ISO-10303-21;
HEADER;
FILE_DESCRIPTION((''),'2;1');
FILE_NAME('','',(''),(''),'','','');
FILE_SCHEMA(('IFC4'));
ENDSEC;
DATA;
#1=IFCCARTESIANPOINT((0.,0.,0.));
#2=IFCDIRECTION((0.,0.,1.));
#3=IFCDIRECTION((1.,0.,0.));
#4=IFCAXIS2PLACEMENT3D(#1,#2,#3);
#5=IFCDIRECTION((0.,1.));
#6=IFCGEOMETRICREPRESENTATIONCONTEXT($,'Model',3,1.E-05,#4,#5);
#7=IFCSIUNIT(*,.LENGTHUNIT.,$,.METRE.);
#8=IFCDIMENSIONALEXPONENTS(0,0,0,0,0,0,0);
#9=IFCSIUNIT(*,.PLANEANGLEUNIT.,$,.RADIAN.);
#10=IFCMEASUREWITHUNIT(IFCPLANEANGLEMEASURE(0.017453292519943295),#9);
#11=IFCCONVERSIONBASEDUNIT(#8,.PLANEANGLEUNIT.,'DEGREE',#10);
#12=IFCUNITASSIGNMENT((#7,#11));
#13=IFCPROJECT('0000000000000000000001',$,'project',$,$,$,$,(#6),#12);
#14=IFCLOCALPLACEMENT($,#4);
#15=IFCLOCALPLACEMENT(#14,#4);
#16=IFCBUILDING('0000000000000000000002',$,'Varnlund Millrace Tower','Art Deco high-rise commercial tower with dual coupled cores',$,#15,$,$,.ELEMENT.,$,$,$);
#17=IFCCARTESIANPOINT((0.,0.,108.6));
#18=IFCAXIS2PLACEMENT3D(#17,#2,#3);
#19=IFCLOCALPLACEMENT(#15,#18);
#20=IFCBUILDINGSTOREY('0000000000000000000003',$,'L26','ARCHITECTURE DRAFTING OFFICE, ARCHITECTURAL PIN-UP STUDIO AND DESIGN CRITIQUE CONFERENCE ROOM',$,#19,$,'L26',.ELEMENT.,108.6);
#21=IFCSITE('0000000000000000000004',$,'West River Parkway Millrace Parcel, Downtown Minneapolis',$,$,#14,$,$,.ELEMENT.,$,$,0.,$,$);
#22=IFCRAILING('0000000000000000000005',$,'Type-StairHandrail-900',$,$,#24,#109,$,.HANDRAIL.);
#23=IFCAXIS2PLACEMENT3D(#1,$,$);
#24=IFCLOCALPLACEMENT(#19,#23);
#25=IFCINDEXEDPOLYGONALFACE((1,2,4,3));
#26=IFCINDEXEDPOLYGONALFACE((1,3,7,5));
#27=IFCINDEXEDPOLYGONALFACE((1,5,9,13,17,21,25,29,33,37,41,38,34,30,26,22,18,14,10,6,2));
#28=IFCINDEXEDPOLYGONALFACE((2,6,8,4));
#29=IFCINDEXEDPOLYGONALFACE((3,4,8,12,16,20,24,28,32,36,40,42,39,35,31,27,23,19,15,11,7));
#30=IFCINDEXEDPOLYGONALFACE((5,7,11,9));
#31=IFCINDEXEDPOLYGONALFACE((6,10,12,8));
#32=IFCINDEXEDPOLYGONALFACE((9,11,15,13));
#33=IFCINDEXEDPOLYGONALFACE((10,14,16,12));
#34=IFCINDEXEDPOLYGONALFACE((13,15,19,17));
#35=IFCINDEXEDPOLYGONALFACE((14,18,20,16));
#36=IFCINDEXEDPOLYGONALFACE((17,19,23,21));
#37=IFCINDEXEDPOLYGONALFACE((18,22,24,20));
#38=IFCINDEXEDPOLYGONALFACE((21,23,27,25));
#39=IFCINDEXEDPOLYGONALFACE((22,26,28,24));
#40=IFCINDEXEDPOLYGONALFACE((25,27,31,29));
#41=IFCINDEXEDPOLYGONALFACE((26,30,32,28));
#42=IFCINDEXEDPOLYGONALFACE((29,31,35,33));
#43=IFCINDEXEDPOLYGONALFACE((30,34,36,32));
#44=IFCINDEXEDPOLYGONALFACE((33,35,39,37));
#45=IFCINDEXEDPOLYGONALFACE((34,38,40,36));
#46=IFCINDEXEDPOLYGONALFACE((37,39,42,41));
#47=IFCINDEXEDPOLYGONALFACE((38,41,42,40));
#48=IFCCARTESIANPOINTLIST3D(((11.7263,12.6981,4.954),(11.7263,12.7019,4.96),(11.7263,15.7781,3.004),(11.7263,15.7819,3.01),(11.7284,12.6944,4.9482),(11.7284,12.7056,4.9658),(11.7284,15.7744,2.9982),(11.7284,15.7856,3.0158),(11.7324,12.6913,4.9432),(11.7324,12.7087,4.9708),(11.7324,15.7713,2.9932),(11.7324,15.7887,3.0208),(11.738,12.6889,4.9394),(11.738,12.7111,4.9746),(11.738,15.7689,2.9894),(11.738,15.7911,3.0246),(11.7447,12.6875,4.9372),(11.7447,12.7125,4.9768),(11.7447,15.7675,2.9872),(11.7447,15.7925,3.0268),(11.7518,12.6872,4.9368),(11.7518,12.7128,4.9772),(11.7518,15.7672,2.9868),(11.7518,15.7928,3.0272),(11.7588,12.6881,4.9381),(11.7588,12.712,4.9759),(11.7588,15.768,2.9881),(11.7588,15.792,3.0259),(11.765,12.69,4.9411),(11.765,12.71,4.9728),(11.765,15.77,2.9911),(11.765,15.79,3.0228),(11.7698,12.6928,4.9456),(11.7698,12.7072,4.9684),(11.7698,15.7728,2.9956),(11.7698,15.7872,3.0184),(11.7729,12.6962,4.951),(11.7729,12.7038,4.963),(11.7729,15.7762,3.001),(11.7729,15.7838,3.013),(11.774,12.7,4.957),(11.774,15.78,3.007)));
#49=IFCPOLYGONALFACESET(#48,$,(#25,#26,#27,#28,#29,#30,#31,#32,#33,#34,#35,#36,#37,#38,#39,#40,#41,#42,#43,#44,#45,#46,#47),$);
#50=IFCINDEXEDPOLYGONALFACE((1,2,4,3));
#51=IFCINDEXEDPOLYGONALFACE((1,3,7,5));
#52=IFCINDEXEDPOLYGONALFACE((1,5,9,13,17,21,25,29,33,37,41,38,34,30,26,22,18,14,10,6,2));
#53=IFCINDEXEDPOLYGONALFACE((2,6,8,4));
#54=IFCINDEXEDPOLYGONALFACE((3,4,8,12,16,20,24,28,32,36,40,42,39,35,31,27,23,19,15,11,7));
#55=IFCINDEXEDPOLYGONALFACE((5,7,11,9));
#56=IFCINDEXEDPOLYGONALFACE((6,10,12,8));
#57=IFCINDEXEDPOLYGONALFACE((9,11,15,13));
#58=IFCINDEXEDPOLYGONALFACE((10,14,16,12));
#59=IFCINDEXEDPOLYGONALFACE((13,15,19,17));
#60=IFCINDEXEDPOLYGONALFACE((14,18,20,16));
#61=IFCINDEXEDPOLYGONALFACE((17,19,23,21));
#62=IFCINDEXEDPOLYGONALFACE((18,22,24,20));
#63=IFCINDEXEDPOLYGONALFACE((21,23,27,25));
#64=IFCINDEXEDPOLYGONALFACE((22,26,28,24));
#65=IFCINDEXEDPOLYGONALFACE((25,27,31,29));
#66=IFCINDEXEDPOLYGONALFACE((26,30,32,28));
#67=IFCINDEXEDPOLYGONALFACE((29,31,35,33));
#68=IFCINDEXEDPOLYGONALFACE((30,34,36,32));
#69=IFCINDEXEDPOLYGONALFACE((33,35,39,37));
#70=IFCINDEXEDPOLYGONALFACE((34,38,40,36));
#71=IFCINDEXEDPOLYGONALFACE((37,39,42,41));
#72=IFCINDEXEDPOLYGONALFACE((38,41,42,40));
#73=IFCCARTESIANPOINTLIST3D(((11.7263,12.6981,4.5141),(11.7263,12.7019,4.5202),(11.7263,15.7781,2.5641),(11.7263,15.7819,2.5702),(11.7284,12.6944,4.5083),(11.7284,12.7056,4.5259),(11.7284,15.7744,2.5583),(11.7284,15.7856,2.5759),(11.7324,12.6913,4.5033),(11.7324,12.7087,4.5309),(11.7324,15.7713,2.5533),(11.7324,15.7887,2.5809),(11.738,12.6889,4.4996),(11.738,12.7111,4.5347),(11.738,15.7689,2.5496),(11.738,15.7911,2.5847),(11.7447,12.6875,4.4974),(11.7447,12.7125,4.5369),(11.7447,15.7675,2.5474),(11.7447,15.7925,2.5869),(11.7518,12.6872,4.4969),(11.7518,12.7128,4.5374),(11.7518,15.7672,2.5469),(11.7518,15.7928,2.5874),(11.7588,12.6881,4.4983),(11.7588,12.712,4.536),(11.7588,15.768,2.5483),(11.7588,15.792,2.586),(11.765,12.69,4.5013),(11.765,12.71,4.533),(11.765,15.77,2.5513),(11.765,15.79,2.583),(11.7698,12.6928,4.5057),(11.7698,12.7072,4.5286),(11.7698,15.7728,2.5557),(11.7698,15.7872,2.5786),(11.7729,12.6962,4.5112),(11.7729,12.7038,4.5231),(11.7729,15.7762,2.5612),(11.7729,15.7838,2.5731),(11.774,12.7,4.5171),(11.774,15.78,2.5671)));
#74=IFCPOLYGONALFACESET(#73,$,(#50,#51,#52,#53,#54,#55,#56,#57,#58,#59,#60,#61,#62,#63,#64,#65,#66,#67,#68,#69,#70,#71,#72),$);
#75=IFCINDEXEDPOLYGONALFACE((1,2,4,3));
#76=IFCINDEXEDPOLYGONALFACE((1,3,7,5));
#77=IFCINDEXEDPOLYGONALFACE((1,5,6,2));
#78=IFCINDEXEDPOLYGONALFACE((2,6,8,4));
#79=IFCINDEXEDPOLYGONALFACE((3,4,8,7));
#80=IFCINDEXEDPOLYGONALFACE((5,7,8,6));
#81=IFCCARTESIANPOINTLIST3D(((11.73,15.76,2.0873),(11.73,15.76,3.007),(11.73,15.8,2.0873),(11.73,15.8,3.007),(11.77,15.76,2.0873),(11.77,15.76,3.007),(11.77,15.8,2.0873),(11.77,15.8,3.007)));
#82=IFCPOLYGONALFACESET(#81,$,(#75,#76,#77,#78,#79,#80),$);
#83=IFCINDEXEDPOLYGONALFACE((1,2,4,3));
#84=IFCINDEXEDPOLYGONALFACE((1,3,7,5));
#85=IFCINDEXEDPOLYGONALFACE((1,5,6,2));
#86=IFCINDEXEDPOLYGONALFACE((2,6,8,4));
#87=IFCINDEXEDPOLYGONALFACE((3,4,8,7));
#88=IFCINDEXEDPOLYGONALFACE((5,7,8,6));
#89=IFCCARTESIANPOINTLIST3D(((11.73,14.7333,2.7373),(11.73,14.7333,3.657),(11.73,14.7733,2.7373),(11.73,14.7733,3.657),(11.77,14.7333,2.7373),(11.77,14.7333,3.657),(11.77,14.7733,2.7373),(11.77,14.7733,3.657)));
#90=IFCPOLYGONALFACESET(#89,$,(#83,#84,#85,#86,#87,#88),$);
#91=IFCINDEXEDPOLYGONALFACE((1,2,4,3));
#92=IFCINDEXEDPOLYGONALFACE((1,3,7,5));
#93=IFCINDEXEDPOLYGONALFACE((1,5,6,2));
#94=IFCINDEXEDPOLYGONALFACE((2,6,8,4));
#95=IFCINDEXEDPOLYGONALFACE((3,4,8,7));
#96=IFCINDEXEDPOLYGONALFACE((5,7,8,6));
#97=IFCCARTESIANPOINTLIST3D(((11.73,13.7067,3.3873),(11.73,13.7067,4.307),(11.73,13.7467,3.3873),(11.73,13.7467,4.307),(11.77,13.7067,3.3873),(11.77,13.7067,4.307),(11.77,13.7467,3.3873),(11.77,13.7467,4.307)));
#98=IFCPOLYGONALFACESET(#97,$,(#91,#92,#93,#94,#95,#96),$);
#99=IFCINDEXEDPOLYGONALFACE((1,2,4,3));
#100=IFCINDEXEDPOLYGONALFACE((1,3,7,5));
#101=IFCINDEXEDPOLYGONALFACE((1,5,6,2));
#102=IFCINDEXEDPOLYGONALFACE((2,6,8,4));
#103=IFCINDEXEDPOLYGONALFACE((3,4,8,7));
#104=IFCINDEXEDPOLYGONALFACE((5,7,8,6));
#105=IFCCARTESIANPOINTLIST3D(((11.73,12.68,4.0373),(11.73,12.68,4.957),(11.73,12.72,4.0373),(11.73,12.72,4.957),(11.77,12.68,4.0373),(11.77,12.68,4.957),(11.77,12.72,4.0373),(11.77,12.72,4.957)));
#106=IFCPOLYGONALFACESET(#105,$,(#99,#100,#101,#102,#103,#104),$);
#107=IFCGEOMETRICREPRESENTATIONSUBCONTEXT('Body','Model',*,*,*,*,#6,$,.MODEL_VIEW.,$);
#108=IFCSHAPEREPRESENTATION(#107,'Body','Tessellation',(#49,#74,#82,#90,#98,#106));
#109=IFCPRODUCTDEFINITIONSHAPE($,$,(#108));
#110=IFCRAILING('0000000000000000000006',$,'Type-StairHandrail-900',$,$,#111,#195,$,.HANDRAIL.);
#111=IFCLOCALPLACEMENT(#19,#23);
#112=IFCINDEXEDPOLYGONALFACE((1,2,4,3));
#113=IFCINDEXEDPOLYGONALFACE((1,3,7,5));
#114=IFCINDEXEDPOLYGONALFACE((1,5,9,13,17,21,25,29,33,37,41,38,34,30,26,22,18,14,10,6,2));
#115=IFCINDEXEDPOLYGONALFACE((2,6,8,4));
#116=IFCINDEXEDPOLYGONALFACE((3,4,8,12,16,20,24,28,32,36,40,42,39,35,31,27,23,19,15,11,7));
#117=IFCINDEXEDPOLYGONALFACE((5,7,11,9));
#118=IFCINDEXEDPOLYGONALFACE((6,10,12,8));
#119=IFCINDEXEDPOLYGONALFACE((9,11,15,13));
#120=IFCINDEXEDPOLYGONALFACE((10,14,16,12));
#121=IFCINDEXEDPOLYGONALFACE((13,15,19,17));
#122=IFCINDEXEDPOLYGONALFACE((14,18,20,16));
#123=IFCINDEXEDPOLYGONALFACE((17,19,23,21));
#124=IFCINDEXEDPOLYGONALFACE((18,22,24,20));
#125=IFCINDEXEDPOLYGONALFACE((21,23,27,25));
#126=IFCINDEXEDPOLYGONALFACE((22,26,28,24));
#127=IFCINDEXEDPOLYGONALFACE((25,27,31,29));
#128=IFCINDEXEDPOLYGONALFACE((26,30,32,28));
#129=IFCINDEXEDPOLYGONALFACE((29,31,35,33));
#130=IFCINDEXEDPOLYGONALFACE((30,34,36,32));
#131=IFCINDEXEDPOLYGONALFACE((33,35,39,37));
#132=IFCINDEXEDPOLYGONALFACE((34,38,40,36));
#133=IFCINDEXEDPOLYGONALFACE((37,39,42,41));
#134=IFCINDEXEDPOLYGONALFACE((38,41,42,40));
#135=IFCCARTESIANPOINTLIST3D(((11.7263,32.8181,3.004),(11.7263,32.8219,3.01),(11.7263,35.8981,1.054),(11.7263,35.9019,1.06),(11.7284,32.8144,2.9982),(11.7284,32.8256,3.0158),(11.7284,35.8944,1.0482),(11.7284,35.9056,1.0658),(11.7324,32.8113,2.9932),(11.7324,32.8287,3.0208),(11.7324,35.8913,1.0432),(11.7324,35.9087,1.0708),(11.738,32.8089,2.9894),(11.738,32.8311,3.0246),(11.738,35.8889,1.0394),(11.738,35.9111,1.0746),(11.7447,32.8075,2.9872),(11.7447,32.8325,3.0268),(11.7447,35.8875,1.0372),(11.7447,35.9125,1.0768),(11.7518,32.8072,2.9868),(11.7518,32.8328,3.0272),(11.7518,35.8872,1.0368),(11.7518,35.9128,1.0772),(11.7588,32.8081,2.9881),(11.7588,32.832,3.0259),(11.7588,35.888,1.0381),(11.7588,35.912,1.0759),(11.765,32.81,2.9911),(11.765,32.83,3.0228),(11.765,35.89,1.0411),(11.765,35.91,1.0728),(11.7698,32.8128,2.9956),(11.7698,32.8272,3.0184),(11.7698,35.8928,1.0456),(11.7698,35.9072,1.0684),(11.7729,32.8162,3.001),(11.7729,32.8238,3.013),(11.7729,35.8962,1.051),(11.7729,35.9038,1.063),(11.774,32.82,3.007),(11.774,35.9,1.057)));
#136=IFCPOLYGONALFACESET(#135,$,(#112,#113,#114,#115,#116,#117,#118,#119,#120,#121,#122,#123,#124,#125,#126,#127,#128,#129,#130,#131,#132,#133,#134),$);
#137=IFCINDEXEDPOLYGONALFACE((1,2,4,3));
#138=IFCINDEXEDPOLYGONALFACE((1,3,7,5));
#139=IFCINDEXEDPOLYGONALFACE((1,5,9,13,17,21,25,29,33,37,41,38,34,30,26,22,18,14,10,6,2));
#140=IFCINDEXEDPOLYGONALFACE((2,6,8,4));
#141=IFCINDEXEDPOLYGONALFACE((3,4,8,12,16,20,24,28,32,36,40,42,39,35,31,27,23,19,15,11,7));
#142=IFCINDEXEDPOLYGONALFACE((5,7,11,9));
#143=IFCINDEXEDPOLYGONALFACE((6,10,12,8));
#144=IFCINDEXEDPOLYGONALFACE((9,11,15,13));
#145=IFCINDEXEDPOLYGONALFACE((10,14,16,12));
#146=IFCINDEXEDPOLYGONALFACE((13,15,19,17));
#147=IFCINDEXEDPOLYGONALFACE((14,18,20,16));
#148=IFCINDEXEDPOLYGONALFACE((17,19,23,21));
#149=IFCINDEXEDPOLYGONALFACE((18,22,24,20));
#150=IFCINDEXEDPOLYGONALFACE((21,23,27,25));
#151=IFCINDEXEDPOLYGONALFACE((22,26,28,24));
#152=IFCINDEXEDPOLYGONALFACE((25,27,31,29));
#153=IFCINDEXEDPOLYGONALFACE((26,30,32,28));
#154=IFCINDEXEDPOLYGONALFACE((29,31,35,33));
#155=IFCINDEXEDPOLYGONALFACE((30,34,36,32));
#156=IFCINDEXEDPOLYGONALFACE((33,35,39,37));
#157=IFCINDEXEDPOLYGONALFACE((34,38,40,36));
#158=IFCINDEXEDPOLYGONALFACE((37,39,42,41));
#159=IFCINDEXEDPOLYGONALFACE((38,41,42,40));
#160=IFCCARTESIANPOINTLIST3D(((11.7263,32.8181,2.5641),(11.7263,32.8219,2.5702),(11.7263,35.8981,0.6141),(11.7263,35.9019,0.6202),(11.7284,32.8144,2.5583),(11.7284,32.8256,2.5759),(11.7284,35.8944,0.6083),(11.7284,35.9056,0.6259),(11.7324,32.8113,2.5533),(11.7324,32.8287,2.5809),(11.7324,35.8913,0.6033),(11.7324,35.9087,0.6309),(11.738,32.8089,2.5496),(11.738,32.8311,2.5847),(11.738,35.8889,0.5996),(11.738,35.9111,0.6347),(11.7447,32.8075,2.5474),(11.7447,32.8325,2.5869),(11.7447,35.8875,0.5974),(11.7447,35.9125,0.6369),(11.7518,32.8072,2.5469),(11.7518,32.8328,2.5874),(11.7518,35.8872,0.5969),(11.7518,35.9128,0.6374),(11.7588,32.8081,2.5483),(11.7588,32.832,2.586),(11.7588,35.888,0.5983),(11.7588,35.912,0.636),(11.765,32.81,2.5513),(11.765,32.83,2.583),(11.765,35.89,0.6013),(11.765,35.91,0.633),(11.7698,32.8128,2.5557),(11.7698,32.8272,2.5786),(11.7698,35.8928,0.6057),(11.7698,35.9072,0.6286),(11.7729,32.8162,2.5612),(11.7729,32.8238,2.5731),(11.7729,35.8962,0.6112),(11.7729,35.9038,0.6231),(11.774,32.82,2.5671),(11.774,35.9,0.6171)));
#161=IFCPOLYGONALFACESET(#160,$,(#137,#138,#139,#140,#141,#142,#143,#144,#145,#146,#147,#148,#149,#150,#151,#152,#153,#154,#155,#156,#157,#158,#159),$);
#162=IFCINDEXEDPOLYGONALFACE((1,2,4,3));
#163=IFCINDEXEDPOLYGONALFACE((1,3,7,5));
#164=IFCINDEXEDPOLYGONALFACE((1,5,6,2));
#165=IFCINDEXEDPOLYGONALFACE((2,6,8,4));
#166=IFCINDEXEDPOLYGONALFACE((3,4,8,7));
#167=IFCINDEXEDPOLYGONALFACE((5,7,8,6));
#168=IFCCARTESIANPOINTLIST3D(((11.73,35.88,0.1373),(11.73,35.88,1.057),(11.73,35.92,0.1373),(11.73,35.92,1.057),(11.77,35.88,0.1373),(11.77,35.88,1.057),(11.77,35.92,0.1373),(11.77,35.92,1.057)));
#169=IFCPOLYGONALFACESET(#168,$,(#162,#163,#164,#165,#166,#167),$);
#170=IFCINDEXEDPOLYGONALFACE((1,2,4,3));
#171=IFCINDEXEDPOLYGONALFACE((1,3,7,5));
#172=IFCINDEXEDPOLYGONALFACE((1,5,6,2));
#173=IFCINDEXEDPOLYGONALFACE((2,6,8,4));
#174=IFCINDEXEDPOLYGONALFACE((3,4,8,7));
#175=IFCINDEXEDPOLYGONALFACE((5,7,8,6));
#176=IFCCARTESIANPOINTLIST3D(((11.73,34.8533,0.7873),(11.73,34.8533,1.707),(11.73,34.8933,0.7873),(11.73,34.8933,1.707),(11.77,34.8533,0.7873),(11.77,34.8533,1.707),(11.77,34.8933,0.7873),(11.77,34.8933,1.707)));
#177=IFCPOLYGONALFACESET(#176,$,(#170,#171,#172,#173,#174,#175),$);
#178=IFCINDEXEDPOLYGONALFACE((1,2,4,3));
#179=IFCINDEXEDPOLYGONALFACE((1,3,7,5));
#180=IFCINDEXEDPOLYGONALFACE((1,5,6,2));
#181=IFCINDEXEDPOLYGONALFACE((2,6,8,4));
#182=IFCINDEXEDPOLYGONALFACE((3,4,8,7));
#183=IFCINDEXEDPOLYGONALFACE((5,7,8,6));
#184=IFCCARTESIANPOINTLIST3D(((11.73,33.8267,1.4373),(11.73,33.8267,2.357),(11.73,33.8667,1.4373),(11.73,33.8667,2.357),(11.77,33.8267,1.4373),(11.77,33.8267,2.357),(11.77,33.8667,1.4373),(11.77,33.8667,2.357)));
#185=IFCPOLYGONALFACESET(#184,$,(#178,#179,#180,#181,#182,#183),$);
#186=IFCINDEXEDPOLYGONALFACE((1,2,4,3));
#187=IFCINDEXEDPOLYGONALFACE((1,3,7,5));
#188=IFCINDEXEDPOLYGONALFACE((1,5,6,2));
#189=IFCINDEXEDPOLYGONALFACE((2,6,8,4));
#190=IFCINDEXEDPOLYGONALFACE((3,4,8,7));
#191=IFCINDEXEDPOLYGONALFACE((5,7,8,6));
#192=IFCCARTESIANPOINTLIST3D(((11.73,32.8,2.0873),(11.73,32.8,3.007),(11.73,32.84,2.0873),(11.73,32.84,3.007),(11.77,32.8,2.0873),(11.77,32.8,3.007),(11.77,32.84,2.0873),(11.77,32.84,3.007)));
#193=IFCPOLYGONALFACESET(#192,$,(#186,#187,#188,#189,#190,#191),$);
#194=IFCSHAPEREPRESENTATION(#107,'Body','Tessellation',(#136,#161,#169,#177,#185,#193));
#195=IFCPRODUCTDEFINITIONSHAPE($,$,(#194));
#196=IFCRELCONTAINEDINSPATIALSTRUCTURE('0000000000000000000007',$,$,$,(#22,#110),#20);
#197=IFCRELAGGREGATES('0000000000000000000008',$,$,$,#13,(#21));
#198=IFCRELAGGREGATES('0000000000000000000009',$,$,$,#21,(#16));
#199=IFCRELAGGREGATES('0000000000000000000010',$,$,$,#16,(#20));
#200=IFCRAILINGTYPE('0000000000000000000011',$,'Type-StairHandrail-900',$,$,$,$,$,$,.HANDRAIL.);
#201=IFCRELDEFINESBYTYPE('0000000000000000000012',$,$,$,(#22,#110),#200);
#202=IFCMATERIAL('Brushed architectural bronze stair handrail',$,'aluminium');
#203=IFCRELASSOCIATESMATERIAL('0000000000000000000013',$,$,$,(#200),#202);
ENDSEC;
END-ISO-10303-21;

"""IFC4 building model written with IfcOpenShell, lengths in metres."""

from ifc_helpers import new_model, entity, si_unit, converted_unit, direction, frame, origin_with_axes, origin_2d_with_axis, place, context, subcontext, project, spatial, rectangle, circle, extrude, material, type_object, element, save


model = new_model("IFC4")

# Units and contexts
model_context = context("Model", 3, precision=1e-05, world=origin_with_axes(), true_north=direction((0.0, 1.0)))
body_context = subcontext(model_context, "Body", "Model", "MODEL_VIEW")
ifc_project = project(units=[si_unit("LENGTHUNIT", "METRE"), converted_unit("PLANEANGLEUNIT", "DEGREE", entity("IfcPlaneAngleMeasure", 0.017453292519943295), si_unit("PLANEANGLEUNIT", "RADIAN"), dimensions=[0, 0, 0, 0, 0, 0, 0])], contexts=[model_context])

# Site, building, storey
site_placement = place(None, origin_with_axes())
site = spatial("IfcSite", under=ifc_project, at=site_placement, Name="West River Parkway Millrace Parcel, Downtown Minneapolis", CompositionType="ELEMENT", RefElevation=0.0)
building_placement = place(site_placement, origin_with_axes())
building = spatial("IfcBuilding", under=site, at=building_placement, Name="Varnlund Millrace Tower", Description="Art Deco high-rise commercial tower with dual coupled cores", CompositionType="ELEMENT")
storey_placement = place(building_placement, frame((0.0, 0.0, 108.6), z_axis=(0.0, 0.0, 1.0), x_axis=(1.0, 0.0, 0.0)))
storey = spatial("IfcBuildingStorey", under=building, at=storey_placement, Name="L26", Description="ARCHITECTURE DRAFTING OFFICE, ARCHITECTURAL PIN-UP STUDIO AND DESIGN CRITIQUE CONFERENCE ROOM", LongName="L26", CompositionType="ELEMENT", Elevation=108.6)

# Railings
ifc_material_1 = material(Name="Brushed architectural bronze stair handrail", Category="aluminium")
railing_type_1 = type_object("IfcRailingType", Name="Type-StairHandrail-900", PredefinedType="HANDRAIL", material=ifc_material_1)
railing_1_placement = place(storey_placement, frame((0.0, 0.0, -108.6), z_axis=(0.0, 0.0, 1.0), x_axis=(1.0, 0.0, 0.0)))
element("IfcRailing", 1, at=railing_1_placement, inside=storey, type_object=railing_type_1, Name="Type-StairHandrail-900", PredefinedType="HANDRAIL", context=body_context, shape_type="SweptSolid", body=[
    extrude(circle(Radius=0.024, at=origin_2d_with_axis()), frame((11.75, 15.78, 111.607), z_axis=(0.0, -0.844902, 0.534922), x_axis=(1.0, 0.0, 0.0)), (0.0, 0.0, 1.0), 3.6454),
    extrude(circle(Radius=0.024, at=origin_2d_with_axis()), frame((11.75, 15.78, 111.1671), z_axis=(0.0, -0.844902, 0.534922), x_axis=(1.0, 0.0, 0.0)), (0.0, 0.0, 1.0), 3.6454),
    extrude(rectangle(XDim=0.04, YDim=0.04, at=origin_2d_with_axis()), frame((11.75, 15.78, 110.6873), z_axis=(0.0, 0.0, 1.0), x_axis=(1.0, 0.0, 0.0)), (0.0, 0.0, 1.0), 0.9197),
    extrude(rectangle(XDim=0.04, YDim=0.04, at=origin_2d_with_axis()), frame((11.75, 14.7533, 111.3373), z_axis=(0.0, 0.0, 1.0), x_axis=(1.0, 0.0, 0.0)), (0.0, 0.0, 1.0), 0.9197),
    extrude(rectangle(XDim=0.04, YDim=0.04, at=origin_2d_with_axis()), frame((11.75, 13.7267, 111.9873), z_axis=(0.0, 0.0, 1.0), x_axis=(1.0, 0.0, 0.0)), (0.0, 0.0, 1.0), 0.9197),
    extrude(rectangle(XDim=0.04, YDim=0.04, at=origin_2d_with_axis()), frame((11.75, 12.7, 112.6373), z_axis=(0.0, 0.0, 1.0), x_axis=(1.0, 0.0, 0.0)), (0.0, 0.0, 1.0), 0.9197),
])
railing_2_placement = place(storey_placement, frame((0.0, 0.0, -108.6), z_axis=(0.0, 0.0, 1.0), x_axis=(1.0, 0.0, 0.0)))
element("IfcRailing", 2, at=railing_2_placement, inside=storey, type_object=railing_type_1, Name="Type-StairHandrail-900", PredefinedType="HANDRAIL", context=body_context, shape_type="SweptSolid", body=[
    extrude(circle(Radius=0.024, at=origin_2d_with_axis()), frame((11.75, 35.9, 109.657), z_axis=(0.0, -0.844902, 0.534922), x_axis=(1.0, 0.0, 0.0)), (0.0, 0.0, 1.0), 3.6454),
    extrude(circle(Radius=0.024, at=origin_2d_with_axis()), frame((11.75, 35.9, 109.2171), z_axis=(0.0, -0.844902, 0.534922), x_axis=(1.0, 0.0, 0.0)), (0.0, 0.0, 1.0), 3.6454),
    extrude(rectangle(XDim=0.04, YDim=0.04, at=origin_2d_with_axis()), frame((11.75, 35.9, 108.7373), z_axis=(0.0, 0.0, 1.0), x_axis=(1.0, 0.0, 0.0)), (0.0, 0.0, 1.0), 0.9197),
    extrude(rectangle(XDim=0.04, YDim=0.04, at=origin_2d_with_axis()), frame((11.75, 34.8733, 109.3873), z_axis=(0.0, 0.0, 1.0), x_axis=(1.0, 0.0, 0.0)), (0.0, 0.0, 1.0), 0.9197),
    extrude(rectangle(XDim=0.04, YDim=0.04, at=origin_2d_with_axis()), frame((11.75, 33.8467, 110.0373), z_axis=(0.0, 0.0, 1.0), x_axis=(1.0, 0.0, 0.0)), (0.0, 0.0, 1.0), 0.9197),
    extrude(rectangle(XDim=0.04, YDim=0.04, at=origin_2d_with_axis()), frame((11.75, 32.82, 110.6873), z_axis=(0.0, 0.0, 1.0), x_axis=(1.0, 0.0, 0.0)), (0.0, 0.0, 1.0), 0.9197),
])

save(model, "model.ifc")
